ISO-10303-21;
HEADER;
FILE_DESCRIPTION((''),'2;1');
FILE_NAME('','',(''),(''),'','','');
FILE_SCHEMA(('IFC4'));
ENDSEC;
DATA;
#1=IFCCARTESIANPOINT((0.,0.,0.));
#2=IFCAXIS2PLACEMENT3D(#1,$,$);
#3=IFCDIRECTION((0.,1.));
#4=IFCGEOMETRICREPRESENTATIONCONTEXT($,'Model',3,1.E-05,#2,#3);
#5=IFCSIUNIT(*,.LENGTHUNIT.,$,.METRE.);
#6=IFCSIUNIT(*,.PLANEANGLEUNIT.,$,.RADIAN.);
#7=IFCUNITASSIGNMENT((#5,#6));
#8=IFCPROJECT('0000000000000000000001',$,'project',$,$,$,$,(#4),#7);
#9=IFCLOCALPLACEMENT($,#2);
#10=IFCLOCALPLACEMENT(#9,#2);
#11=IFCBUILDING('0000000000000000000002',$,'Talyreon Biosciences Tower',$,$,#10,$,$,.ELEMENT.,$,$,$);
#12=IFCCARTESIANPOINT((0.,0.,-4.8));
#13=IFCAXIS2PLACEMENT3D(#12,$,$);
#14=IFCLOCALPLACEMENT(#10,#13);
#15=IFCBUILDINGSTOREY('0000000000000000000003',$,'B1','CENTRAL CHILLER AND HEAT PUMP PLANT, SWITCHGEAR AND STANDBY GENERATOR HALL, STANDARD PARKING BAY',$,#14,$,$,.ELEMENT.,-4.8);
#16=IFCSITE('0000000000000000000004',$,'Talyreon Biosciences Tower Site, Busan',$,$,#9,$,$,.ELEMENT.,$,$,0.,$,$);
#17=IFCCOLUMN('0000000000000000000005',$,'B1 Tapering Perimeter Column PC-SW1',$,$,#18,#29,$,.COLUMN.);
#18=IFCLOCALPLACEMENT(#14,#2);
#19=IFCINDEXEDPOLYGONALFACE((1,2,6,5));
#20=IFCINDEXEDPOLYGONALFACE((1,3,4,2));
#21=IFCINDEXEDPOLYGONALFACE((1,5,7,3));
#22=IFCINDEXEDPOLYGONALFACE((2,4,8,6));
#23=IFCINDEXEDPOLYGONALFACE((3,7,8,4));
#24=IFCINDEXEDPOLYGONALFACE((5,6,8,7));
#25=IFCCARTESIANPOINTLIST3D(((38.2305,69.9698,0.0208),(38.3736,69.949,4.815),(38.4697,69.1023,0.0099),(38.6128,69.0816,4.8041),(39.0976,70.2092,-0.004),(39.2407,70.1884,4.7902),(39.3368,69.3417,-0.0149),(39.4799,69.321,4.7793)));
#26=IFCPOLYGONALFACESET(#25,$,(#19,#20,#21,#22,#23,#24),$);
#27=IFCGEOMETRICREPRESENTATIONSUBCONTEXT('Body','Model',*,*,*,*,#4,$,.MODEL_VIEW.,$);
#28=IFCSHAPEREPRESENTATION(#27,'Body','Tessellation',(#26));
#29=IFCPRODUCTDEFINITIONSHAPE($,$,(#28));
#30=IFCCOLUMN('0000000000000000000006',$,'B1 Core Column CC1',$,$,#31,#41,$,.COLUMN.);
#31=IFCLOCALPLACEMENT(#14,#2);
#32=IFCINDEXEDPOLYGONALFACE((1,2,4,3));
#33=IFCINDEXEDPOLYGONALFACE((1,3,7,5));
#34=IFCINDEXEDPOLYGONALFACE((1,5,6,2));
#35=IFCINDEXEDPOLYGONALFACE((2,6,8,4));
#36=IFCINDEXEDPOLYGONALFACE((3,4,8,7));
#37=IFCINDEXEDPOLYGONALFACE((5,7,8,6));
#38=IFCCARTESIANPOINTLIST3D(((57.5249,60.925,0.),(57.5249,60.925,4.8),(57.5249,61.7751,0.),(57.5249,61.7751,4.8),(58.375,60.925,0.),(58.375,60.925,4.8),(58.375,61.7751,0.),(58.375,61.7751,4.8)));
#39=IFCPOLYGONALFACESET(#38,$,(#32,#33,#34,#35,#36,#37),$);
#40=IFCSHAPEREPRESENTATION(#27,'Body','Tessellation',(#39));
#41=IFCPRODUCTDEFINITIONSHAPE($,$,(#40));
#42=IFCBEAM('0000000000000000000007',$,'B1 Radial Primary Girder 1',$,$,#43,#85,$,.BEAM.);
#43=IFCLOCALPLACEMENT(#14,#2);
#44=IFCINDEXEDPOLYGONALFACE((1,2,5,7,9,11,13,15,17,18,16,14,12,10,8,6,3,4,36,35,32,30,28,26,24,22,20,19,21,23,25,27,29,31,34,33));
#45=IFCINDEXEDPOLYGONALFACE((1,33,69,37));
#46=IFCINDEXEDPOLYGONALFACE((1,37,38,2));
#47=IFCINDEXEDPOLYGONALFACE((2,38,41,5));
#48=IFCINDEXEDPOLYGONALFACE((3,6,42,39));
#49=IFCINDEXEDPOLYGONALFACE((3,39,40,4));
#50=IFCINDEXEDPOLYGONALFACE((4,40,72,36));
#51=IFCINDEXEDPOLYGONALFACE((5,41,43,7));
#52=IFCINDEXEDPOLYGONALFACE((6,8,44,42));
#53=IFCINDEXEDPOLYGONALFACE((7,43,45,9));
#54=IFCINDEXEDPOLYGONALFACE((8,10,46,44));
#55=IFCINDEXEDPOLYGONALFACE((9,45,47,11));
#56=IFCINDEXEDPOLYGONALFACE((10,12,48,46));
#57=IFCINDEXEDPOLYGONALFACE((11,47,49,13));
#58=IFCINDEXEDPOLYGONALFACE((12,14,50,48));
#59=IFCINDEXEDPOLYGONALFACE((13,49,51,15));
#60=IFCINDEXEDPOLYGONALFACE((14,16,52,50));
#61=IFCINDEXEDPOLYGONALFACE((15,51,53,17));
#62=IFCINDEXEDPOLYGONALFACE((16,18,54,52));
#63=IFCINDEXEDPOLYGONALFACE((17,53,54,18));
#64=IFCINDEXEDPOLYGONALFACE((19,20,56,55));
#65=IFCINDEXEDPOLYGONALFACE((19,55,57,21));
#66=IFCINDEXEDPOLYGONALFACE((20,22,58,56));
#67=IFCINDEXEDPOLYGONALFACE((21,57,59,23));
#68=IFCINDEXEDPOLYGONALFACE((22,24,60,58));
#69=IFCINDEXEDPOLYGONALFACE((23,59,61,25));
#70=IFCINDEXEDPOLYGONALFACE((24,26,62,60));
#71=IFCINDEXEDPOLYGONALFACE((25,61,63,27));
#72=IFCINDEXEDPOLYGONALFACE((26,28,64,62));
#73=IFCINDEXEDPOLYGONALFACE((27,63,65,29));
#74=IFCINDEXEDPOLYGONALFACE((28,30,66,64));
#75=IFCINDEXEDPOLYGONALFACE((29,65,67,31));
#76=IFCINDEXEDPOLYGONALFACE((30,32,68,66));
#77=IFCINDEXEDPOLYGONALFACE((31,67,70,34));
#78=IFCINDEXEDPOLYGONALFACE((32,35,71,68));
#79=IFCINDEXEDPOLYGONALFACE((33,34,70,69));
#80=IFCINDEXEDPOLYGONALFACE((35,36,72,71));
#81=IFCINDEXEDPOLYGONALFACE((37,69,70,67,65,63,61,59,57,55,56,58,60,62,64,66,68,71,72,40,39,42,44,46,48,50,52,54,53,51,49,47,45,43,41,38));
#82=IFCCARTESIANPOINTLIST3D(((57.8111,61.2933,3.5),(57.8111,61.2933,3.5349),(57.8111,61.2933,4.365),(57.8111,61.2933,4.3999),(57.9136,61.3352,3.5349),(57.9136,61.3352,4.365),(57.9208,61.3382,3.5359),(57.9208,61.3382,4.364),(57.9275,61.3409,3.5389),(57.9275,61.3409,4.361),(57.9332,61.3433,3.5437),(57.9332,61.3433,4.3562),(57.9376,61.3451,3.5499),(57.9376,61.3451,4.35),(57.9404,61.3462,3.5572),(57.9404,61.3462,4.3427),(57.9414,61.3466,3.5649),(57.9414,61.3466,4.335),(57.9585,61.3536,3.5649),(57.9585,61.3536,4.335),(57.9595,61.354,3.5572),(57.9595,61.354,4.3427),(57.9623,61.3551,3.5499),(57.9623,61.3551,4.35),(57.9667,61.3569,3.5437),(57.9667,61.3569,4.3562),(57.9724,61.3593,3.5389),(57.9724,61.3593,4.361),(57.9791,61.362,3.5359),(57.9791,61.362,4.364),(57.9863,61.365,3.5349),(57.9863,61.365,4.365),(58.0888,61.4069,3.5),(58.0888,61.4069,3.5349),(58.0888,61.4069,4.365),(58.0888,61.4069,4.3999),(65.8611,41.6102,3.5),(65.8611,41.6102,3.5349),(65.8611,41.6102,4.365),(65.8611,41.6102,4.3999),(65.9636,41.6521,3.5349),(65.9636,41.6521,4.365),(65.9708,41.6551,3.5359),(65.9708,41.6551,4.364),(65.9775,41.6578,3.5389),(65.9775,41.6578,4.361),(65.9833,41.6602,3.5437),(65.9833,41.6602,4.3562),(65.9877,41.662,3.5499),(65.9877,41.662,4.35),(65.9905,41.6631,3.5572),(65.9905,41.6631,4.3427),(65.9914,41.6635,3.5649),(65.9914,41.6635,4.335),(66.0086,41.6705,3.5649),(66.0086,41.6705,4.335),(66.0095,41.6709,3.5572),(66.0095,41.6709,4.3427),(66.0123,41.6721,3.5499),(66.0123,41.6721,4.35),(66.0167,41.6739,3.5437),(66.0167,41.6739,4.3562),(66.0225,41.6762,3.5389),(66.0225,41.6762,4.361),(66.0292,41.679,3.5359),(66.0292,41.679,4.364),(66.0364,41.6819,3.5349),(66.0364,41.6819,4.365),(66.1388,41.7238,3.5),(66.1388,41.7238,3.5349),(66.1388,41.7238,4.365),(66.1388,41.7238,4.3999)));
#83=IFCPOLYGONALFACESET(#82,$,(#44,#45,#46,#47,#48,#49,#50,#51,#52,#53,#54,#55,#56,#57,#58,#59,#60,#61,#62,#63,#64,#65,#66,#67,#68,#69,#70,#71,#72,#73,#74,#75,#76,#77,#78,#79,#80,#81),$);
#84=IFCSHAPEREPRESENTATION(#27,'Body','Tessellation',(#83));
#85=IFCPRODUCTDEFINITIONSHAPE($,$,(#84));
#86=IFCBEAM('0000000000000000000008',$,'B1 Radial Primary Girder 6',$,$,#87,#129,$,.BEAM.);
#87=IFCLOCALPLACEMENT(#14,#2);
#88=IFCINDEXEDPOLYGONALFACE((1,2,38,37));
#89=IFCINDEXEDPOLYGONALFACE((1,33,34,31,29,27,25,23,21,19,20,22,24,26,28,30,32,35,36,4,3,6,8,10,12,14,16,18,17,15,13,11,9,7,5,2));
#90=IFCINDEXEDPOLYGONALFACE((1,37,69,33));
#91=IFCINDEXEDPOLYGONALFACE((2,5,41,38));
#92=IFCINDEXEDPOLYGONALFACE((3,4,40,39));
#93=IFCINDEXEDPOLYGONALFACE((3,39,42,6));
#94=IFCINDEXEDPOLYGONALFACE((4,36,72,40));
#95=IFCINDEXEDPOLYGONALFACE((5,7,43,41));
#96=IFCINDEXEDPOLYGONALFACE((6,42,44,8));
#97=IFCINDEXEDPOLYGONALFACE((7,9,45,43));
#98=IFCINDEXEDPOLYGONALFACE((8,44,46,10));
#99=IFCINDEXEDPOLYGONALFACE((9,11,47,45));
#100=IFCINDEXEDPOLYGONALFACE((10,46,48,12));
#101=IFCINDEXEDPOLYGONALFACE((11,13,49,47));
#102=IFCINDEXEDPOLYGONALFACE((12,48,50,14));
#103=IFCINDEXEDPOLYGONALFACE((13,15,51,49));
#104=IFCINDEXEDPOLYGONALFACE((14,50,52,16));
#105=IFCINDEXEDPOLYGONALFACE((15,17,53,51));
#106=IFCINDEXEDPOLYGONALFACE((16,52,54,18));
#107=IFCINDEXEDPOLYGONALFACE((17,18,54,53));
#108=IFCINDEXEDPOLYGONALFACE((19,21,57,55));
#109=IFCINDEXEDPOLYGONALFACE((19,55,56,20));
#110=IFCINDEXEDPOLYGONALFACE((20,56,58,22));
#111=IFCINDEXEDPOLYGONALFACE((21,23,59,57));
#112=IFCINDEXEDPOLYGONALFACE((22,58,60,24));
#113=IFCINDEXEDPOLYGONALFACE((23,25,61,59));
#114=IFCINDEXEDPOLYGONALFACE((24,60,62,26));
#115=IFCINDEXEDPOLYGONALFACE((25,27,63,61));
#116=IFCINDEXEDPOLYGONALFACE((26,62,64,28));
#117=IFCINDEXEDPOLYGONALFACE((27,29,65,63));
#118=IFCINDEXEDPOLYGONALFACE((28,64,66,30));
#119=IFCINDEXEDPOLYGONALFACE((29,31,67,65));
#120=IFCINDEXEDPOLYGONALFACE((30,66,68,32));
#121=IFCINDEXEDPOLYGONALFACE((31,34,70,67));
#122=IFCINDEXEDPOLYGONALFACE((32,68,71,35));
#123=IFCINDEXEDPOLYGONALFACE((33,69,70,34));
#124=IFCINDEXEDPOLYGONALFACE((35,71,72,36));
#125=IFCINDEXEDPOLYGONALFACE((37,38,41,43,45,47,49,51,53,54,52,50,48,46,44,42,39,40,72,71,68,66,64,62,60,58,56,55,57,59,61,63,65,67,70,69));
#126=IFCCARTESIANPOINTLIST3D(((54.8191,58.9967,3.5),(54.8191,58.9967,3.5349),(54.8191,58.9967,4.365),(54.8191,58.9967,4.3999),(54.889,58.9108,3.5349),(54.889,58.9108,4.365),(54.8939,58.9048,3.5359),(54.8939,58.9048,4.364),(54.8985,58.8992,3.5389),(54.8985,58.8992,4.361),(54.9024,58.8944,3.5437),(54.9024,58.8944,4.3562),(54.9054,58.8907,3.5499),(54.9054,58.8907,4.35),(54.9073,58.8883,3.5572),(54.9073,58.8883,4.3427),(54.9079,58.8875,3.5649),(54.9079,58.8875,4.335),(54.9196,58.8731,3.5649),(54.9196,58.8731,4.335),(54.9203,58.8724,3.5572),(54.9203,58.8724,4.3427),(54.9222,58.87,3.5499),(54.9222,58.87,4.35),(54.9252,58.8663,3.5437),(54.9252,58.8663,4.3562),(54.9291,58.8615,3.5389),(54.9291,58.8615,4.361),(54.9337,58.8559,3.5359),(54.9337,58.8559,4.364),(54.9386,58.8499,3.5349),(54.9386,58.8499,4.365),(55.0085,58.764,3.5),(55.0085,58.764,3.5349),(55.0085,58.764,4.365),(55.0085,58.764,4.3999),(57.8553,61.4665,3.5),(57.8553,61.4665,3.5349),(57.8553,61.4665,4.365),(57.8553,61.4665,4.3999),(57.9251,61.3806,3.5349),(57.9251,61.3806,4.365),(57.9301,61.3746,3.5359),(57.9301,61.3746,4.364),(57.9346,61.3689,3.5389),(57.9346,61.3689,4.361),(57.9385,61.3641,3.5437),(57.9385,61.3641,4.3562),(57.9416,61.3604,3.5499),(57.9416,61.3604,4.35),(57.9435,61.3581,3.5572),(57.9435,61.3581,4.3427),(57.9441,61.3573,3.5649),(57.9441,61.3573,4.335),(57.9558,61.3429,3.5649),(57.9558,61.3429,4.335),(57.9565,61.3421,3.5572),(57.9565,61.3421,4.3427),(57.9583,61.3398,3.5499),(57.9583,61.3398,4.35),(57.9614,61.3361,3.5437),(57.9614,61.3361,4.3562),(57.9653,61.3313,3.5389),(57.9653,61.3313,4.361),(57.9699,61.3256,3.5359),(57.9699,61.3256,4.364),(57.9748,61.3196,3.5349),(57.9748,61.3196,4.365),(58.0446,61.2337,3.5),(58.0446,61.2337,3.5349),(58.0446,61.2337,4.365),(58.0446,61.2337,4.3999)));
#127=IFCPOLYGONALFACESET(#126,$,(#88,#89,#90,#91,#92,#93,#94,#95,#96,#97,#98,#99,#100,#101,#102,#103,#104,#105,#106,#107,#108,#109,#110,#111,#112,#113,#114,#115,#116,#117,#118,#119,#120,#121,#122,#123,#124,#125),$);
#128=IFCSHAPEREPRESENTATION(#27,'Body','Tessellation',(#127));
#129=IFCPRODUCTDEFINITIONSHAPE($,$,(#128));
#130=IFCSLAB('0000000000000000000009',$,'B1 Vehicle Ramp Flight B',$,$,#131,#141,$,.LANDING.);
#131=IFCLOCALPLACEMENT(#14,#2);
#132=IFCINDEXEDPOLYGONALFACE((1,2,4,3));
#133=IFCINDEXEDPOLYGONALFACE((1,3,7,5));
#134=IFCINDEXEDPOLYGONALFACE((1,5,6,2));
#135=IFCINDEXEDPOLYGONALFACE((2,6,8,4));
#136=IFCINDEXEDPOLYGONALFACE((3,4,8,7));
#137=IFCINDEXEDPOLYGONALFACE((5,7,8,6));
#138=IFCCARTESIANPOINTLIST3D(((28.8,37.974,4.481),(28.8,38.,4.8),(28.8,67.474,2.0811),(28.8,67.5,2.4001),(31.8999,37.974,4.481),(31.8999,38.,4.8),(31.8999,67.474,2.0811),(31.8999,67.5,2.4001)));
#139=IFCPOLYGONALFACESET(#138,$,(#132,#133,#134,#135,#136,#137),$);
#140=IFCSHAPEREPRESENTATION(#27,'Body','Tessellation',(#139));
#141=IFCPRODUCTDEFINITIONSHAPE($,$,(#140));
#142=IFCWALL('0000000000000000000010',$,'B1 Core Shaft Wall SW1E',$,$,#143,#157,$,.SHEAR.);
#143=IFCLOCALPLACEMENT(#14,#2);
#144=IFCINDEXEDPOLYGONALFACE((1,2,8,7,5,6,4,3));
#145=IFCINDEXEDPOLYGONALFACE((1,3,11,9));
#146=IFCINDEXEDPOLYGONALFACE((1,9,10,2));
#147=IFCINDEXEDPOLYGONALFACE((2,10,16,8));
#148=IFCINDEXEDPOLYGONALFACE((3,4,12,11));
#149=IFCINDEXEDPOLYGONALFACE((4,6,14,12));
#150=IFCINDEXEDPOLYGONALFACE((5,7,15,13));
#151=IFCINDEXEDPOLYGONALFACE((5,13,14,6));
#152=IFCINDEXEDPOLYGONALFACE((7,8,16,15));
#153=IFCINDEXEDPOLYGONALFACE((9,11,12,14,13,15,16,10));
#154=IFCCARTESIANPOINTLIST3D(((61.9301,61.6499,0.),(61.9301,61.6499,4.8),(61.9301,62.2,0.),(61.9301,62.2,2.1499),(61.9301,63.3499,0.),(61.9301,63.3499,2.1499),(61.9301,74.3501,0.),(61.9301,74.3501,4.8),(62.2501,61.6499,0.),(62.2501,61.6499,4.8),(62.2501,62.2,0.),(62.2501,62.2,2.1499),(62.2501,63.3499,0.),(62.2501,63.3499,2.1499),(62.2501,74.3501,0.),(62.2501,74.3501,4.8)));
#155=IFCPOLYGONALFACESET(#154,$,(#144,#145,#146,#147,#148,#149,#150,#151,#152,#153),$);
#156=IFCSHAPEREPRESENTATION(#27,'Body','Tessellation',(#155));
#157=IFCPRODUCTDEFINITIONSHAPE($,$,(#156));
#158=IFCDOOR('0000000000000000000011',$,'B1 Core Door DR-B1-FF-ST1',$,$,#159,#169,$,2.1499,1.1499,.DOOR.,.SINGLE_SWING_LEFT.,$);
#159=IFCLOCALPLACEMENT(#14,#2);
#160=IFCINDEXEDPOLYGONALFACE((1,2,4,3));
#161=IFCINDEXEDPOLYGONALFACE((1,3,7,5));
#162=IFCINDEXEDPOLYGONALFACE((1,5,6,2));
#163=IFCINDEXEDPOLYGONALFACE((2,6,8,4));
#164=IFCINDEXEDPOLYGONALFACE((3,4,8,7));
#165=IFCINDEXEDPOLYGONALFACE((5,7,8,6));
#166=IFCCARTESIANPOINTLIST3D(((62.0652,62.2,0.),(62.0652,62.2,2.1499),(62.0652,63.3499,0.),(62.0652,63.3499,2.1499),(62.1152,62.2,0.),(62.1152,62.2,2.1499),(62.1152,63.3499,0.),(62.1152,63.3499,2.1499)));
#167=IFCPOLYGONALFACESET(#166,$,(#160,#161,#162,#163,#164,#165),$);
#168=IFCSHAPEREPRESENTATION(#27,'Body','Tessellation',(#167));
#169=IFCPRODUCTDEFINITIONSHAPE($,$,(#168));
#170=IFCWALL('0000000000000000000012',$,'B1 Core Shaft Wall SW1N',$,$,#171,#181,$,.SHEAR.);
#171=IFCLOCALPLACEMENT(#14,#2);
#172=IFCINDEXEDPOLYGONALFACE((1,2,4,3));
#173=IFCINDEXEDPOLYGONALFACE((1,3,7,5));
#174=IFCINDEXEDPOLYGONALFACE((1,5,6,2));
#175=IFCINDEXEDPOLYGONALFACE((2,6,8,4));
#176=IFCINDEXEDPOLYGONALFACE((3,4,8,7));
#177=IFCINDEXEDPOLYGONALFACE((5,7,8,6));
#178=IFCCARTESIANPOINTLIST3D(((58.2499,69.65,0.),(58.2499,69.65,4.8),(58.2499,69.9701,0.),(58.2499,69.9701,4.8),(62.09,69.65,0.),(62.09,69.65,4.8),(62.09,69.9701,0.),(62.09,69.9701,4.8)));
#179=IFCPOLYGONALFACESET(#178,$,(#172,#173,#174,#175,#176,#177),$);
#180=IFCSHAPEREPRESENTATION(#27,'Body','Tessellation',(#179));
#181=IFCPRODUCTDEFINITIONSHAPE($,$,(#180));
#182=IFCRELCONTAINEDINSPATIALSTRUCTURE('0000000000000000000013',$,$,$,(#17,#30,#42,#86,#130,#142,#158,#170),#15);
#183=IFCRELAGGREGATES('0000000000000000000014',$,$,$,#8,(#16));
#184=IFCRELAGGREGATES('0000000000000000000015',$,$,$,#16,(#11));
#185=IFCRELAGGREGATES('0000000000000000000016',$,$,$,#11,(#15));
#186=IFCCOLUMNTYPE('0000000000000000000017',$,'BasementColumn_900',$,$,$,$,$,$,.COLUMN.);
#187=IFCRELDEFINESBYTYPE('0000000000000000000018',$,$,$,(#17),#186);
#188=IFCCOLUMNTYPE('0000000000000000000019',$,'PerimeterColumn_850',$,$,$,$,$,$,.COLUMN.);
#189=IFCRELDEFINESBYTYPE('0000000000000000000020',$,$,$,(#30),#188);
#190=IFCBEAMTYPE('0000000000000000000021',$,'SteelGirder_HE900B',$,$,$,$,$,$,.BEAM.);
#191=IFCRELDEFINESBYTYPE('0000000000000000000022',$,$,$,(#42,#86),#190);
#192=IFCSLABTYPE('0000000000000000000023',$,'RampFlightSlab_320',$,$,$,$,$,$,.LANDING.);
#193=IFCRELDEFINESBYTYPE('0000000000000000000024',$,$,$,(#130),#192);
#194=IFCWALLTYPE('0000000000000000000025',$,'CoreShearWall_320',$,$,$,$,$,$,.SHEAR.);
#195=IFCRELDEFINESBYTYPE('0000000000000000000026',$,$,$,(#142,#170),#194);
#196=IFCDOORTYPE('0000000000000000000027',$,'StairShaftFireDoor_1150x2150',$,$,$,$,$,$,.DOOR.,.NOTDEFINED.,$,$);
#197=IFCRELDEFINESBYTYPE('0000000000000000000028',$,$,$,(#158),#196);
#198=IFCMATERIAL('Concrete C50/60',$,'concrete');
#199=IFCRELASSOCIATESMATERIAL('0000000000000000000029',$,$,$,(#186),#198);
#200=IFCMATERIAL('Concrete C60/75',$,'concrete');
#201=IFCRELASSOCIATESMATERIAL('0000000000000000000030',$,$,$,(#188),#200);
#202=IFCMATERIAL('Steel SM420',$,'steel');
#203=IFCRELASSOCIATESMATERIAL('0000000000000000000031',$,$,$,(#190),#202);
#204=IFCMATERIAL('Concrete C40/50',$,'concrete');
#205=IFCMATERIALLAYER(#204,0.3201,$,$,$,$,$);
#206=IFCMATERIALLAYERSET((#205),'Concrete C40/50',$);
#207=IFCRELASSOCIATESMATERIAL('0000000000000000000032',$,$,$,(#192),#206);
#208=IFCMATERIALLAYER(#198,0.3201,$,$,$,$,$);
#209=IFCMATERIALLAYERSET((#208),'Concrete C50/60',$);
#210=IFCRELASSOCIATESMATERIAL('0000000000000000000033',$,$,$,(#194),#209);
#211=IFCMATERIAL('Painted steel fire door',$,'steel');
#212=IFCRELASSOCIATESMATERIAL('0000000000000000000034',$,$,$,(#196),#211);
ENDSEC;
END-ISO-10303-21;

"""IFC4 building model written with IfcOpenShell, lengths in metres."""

from ifc_helpers import new_model, si_unit, direction, frame, frame_2d, origin, origin_2d, place, context, subcontext, project, spatial, polyline, rectangle, i_section, outline, extrude, material, layer, layer_set, material_profile, profile_set, type_object, element, fill, save


model = new_model("IFC4")

# Units and contexts
model_context = context("Model", 3, precision=1e-05, world=origin(), true_north=direction((0.0, 1.0)))
body_context = subcontext(model_context, "Body", "Model", "MODEL_VIEW")
ifc_project = project(units=[si_unit("LENGTHUNIT", "METRE"), si_unit("PLANEANGLEUNIT", "RADIAN")], contexts=[model_context])

# Site, building, storey
site_placement = place(None, origin())
site = spatial("IfcSite", under=ifc_project, at=site_placement, Name="Talyreon Biosciences Tower Site, Busan", CompositionType="ELEMENT", RefElevation=0.0)
building_placement = place(site_placement, origin())
building = spatial("IfcBuilding", under=site, at=building_placement, Name="Talyreon Biosciences Tower", CompositionType="ELEMENT")
storey_placement = place(building_placement, frame((0.0, 0.0, -4.8)))
storey = spatial("IfcBuildingStorey", under=building, at=storey_placement, Name="B1", Description="CENTRAL CHILLER AND HEAT PUMP PLANT, SWITCHGEAR AND STANDBY GENERATOR HALL, STANDARD PARKING BAY", CompositionType="ELEMENT", Elevation=-4.8)

# Columns
ifc_material_1 = material(Name="Concrete C50/60", Category="concrete")
ifc_material_profile_1 = material_profile(ifc_material_1, rectangle(XDim=0.8999, YDim=0.8999, at=origin_2d()), Name="RC 900x900")
ifc_profile_set_1 = profile_set([ifc_material_profile_1], Name="Concrete C50/60")
column_type_1 = type_object("IfcColumnType", Name="BasementColumn_900", PredefinedType="COLUMN", material=ifc_profile_set_1)
column_1_placement = place(storey_placement, frame((38.7837, 69.6558, 0.0029), z_axis=(0.029828, -0.004327, 0.999546), x_axis=(0.963564, 0.266049, -0.027603)))
element("IfcColumn", 1, at=column_1_placement, inside=storey, type_object=column_type_1, Name="B1 Tapering Perimeter Column PC-SW1", PredefinedType="COLUMN", context=body_context, shape_type="SweptSolid", body=[
    extrude(rectangle(XDim=0.8999, YDim=0.8999, at=origin_2d()), origin(), (0.0, 0.0, 1.0), 4.7964),
])
ifc_material_2 = material(Name="Concrete C60/75", Category="concrete")
ifc_material_profile_2 = material_profile(ifc_material_2, rectangle(XDim=0.8501, YDim=0.8501, at=origin_2d()), Name="RC 850x850")
ifc_profile_set_2 = profile_set([ifc_material_profile_2], Name="Concrete C60/75")
column_type_2 = type_object("IfcColumnType", Name="PerimeterColumn_850", PredefinedType="COLUMN", material=ifc_profile_set_2)
column_2_placement = place(storey_placement, frame((57.95, 61.3501, 0.0), z_axis=(0.0, 0.0, 1.0), x_axis=(1.0, 0.0, 0.0)))
element("IfcColumn", 2, at=column_2_placement, inside=storey, type_object=column_type_2, Name="B1 Core Column CC1", PredefinedType="COLUMN", context=body_context, shape_type="SweptSolid", body=[
    extrude(rectangle(XDim=0.8501, YDim=0.8501, at=origin_2d()), origin(), (0.0, 0.0, 1.0), 4.8),
])

# Beams
ifc_material_3 = material(Name="Steel SM420", Category="steel")
ifc_material_profile_3 = material_profile(ifc_material_3, i_section(OverallWidth=0.3, OverallDepth=0.8999, WebThickness=0.0186, FlangeThickness=0.0349, FilletRadius=0.03, at=origin_2d()), Name="HE900B")
ifc_profile_set_3 = profile_set([ifc_material_profile_3], Name="Steel SM420")
beam_type = type_object("IfcBeamType", Name="SteelGirder_HE900B", PredefinedType="BEAM", material=ifc_profile_set_3)
beam_1_placement = place(storey_placement, frame((57.95, 61.3501, 3.95), z_axis=(0.378547, -0.925582, 0.0), x_axis=(0.925582, 0.378547, 0.0)))
element("IfcBeam", 3, at=beam_1_placement, inside=storey, type_object=beam_type, Name="B1 Radial Primary Girder 1", PredefinedType="BEAM", context=body_context, shape_type="SweptSolid", body=[
    extrude(i_section(OverallWidth=0.3, OverallDepth=0.8999, WebThickness=0.0186, FlangeThickness=0.0349, FilletRadius=0.03, at=origin_2d()), origin(), (0.0, 0.0, 1.0), 21.2656),
])
beam_2_placement = place(storey_placement, frame((57.95, 61.3501, 3.95), z_axis=(-0.775755, -0.631034, 0.0), x_axis=(0.631034, -0.775755, 0.0)))
element("IfcBeam", 4, at=beam_2_placement, inside=storey, type_object=beam_type, Name="B1 Radial Primary Girder 6", PredefinedType="BEAM", context=body_context, shape_type="SweptSolid", body=[
    extrude(i_section(OverallWidth=0.3, OverallDepth=0.8999, WebThickness=0.0186, FlangeThickness=0.0349, FilletRadius=0.03, at=origin_2d()), origin(), (0.0, 0.0, 1.0), 3.9138),
])

# Slab
ifc_material_4 = material(Name="Concrete C40/50", Category="concrete")
ifc_layer_1 = layer(ifc_material_4, 0.3201)
ifc_layer_set_1 = layer_set([ifc_layer_1], Name="Concrete C40/50")
slab_type = type_object("IfcSlabType", Name="RampFlightSlab_320", PredefinedType="LANDING", material=ifc_layer_set_1)
slab_placement = place(storey_placement, frame((28.8, 67.5, 2.4001), z_axis=(0.0, 0.081085, 0.996707), x_axis=(1.0, 0.0, 0.0)))
element("IfcSlab", 5, at=slab_placement, inside=storey, type_object=slab_type, Name="B1 Vehicle Ramp Flight B", PredefinedType="LANDING", context=body_context, shape_type="SweptSolid", body=[
    extrude(outline(polyline([(0.0, 0.0), (3.0999, 0.0), (3.0999, -29.5975), (0.0, -29.5975), (0.0, 0.0)])), origin(), (0.0, 0.0, -1.0), 0.3201),
])

# Wall, opening, door
ifc_layer_2 = layer(ifc_material_1, 0.3201)
ifc_layer_set_2 = layer_set([ifc_layer_2], Name="Concrete C50/60")
wall_type = type_object("IfcWallType", Name="CoreShearWall_320", PredefinedType="SHEAR", material=ifc_layer_set_2)
wall_1_placement = place(storey_placement, frame((62.0901, 61.6499, 0.0), z_axis=(0.0, 0.0, 1.0), x_axis=(0.0, 1.0, 0.0)))
wall_1 = element("IfcWall", 6, at=wall_1_placement, inside=storey, type_object=wall_type, Name="B1 Core Shaft Wall SW1E", PredefinedType="SHEAR", context=body_context, shape_type="SweptSolid", body=[
    extrude(rectangle(XDim=12.7002, YDim=0.3201, at=frame_2d((6.3501, 0.0))), origin(), (0.0, 0.0, 1.0), 4.8),
])
opening_1_placement = place(wall_1_placement, frame((0.55, 0.0, 0.0)))
opening_1 = element("IfcOpeningElement", 7, at=opening_1_placement, cuts=wall_1, PredefinedType="OPENING", context=body_context, shape_type="SweptSolid", body=[
    extrude(rectangle(XDim=1.1499, YDim=2.1499, at=frame_2d((0.575, 1.075))), frame((0.0, 0.1699, 0.0), z_axis=(0.0, -1.0, 0.0), x_axis=(1.0, 0.0, 0.0)), (0.0, 0.0, 1.0), 0.3401),
])
ifc_material_5 = material(Name="Painted steel fire door", Category="steel")
door_type_1 = type_object("IfcDoorType", Name="StairShaftFireDoor_1150x2150", OperationType="NOTDEFINED", PredefinedType="DOOR", material=ifc_material_5)
door_1_placement = place(opening_1_placement, origin())
door_1 = element("IfcDoor", 8, at=door_1_placement, inside=storey, type_object=door_type_1, Name="B1 Core Door DR-B1-FF-ST1", OperationType="SINGLE_SWING_LEFT", OverallHeight=2.1499, OverallWidth=1.1499, PredefinedType="DOOR", context=body_context, shape_type="SweptSolid", body=[
    extrude(rectangle(XDim=1.1499, YDim=2.1499, at=frame_2d((0.575, 1.075))), frame((0.0, 0.0249, 0.0), z_axis=(0.0, -1.0, 0.0), x_axis=(1.0, 0.0, 0.0)), (0.0, 0.0, 1.0), 0.05),
])
fill(opening_1, door_1)

# Wall
wall_2_placement = place(storey_placement, frame((58.25, 69.8101, 0.0), z_axis=(0.0, 0.0, 1.0), x_axis=(1.0, 0.0, 0.0)))
element("IfcWall", 9, at=wall_2_placement, inside=storey, type_object=wall_type, Name="B1 Core Shaft Wall SW1N", PredefinedType="SHEAR", context=body_context, shape_type="SweptSolid", body=[
    extrude(rectangle(XDim=3.8401, YDim=0.3201, at=frame_2d((1.9199, 0.0))), origin(), (0.0, 0.0, 1.0), 4.8),
])

save(model, "model.ifc")
